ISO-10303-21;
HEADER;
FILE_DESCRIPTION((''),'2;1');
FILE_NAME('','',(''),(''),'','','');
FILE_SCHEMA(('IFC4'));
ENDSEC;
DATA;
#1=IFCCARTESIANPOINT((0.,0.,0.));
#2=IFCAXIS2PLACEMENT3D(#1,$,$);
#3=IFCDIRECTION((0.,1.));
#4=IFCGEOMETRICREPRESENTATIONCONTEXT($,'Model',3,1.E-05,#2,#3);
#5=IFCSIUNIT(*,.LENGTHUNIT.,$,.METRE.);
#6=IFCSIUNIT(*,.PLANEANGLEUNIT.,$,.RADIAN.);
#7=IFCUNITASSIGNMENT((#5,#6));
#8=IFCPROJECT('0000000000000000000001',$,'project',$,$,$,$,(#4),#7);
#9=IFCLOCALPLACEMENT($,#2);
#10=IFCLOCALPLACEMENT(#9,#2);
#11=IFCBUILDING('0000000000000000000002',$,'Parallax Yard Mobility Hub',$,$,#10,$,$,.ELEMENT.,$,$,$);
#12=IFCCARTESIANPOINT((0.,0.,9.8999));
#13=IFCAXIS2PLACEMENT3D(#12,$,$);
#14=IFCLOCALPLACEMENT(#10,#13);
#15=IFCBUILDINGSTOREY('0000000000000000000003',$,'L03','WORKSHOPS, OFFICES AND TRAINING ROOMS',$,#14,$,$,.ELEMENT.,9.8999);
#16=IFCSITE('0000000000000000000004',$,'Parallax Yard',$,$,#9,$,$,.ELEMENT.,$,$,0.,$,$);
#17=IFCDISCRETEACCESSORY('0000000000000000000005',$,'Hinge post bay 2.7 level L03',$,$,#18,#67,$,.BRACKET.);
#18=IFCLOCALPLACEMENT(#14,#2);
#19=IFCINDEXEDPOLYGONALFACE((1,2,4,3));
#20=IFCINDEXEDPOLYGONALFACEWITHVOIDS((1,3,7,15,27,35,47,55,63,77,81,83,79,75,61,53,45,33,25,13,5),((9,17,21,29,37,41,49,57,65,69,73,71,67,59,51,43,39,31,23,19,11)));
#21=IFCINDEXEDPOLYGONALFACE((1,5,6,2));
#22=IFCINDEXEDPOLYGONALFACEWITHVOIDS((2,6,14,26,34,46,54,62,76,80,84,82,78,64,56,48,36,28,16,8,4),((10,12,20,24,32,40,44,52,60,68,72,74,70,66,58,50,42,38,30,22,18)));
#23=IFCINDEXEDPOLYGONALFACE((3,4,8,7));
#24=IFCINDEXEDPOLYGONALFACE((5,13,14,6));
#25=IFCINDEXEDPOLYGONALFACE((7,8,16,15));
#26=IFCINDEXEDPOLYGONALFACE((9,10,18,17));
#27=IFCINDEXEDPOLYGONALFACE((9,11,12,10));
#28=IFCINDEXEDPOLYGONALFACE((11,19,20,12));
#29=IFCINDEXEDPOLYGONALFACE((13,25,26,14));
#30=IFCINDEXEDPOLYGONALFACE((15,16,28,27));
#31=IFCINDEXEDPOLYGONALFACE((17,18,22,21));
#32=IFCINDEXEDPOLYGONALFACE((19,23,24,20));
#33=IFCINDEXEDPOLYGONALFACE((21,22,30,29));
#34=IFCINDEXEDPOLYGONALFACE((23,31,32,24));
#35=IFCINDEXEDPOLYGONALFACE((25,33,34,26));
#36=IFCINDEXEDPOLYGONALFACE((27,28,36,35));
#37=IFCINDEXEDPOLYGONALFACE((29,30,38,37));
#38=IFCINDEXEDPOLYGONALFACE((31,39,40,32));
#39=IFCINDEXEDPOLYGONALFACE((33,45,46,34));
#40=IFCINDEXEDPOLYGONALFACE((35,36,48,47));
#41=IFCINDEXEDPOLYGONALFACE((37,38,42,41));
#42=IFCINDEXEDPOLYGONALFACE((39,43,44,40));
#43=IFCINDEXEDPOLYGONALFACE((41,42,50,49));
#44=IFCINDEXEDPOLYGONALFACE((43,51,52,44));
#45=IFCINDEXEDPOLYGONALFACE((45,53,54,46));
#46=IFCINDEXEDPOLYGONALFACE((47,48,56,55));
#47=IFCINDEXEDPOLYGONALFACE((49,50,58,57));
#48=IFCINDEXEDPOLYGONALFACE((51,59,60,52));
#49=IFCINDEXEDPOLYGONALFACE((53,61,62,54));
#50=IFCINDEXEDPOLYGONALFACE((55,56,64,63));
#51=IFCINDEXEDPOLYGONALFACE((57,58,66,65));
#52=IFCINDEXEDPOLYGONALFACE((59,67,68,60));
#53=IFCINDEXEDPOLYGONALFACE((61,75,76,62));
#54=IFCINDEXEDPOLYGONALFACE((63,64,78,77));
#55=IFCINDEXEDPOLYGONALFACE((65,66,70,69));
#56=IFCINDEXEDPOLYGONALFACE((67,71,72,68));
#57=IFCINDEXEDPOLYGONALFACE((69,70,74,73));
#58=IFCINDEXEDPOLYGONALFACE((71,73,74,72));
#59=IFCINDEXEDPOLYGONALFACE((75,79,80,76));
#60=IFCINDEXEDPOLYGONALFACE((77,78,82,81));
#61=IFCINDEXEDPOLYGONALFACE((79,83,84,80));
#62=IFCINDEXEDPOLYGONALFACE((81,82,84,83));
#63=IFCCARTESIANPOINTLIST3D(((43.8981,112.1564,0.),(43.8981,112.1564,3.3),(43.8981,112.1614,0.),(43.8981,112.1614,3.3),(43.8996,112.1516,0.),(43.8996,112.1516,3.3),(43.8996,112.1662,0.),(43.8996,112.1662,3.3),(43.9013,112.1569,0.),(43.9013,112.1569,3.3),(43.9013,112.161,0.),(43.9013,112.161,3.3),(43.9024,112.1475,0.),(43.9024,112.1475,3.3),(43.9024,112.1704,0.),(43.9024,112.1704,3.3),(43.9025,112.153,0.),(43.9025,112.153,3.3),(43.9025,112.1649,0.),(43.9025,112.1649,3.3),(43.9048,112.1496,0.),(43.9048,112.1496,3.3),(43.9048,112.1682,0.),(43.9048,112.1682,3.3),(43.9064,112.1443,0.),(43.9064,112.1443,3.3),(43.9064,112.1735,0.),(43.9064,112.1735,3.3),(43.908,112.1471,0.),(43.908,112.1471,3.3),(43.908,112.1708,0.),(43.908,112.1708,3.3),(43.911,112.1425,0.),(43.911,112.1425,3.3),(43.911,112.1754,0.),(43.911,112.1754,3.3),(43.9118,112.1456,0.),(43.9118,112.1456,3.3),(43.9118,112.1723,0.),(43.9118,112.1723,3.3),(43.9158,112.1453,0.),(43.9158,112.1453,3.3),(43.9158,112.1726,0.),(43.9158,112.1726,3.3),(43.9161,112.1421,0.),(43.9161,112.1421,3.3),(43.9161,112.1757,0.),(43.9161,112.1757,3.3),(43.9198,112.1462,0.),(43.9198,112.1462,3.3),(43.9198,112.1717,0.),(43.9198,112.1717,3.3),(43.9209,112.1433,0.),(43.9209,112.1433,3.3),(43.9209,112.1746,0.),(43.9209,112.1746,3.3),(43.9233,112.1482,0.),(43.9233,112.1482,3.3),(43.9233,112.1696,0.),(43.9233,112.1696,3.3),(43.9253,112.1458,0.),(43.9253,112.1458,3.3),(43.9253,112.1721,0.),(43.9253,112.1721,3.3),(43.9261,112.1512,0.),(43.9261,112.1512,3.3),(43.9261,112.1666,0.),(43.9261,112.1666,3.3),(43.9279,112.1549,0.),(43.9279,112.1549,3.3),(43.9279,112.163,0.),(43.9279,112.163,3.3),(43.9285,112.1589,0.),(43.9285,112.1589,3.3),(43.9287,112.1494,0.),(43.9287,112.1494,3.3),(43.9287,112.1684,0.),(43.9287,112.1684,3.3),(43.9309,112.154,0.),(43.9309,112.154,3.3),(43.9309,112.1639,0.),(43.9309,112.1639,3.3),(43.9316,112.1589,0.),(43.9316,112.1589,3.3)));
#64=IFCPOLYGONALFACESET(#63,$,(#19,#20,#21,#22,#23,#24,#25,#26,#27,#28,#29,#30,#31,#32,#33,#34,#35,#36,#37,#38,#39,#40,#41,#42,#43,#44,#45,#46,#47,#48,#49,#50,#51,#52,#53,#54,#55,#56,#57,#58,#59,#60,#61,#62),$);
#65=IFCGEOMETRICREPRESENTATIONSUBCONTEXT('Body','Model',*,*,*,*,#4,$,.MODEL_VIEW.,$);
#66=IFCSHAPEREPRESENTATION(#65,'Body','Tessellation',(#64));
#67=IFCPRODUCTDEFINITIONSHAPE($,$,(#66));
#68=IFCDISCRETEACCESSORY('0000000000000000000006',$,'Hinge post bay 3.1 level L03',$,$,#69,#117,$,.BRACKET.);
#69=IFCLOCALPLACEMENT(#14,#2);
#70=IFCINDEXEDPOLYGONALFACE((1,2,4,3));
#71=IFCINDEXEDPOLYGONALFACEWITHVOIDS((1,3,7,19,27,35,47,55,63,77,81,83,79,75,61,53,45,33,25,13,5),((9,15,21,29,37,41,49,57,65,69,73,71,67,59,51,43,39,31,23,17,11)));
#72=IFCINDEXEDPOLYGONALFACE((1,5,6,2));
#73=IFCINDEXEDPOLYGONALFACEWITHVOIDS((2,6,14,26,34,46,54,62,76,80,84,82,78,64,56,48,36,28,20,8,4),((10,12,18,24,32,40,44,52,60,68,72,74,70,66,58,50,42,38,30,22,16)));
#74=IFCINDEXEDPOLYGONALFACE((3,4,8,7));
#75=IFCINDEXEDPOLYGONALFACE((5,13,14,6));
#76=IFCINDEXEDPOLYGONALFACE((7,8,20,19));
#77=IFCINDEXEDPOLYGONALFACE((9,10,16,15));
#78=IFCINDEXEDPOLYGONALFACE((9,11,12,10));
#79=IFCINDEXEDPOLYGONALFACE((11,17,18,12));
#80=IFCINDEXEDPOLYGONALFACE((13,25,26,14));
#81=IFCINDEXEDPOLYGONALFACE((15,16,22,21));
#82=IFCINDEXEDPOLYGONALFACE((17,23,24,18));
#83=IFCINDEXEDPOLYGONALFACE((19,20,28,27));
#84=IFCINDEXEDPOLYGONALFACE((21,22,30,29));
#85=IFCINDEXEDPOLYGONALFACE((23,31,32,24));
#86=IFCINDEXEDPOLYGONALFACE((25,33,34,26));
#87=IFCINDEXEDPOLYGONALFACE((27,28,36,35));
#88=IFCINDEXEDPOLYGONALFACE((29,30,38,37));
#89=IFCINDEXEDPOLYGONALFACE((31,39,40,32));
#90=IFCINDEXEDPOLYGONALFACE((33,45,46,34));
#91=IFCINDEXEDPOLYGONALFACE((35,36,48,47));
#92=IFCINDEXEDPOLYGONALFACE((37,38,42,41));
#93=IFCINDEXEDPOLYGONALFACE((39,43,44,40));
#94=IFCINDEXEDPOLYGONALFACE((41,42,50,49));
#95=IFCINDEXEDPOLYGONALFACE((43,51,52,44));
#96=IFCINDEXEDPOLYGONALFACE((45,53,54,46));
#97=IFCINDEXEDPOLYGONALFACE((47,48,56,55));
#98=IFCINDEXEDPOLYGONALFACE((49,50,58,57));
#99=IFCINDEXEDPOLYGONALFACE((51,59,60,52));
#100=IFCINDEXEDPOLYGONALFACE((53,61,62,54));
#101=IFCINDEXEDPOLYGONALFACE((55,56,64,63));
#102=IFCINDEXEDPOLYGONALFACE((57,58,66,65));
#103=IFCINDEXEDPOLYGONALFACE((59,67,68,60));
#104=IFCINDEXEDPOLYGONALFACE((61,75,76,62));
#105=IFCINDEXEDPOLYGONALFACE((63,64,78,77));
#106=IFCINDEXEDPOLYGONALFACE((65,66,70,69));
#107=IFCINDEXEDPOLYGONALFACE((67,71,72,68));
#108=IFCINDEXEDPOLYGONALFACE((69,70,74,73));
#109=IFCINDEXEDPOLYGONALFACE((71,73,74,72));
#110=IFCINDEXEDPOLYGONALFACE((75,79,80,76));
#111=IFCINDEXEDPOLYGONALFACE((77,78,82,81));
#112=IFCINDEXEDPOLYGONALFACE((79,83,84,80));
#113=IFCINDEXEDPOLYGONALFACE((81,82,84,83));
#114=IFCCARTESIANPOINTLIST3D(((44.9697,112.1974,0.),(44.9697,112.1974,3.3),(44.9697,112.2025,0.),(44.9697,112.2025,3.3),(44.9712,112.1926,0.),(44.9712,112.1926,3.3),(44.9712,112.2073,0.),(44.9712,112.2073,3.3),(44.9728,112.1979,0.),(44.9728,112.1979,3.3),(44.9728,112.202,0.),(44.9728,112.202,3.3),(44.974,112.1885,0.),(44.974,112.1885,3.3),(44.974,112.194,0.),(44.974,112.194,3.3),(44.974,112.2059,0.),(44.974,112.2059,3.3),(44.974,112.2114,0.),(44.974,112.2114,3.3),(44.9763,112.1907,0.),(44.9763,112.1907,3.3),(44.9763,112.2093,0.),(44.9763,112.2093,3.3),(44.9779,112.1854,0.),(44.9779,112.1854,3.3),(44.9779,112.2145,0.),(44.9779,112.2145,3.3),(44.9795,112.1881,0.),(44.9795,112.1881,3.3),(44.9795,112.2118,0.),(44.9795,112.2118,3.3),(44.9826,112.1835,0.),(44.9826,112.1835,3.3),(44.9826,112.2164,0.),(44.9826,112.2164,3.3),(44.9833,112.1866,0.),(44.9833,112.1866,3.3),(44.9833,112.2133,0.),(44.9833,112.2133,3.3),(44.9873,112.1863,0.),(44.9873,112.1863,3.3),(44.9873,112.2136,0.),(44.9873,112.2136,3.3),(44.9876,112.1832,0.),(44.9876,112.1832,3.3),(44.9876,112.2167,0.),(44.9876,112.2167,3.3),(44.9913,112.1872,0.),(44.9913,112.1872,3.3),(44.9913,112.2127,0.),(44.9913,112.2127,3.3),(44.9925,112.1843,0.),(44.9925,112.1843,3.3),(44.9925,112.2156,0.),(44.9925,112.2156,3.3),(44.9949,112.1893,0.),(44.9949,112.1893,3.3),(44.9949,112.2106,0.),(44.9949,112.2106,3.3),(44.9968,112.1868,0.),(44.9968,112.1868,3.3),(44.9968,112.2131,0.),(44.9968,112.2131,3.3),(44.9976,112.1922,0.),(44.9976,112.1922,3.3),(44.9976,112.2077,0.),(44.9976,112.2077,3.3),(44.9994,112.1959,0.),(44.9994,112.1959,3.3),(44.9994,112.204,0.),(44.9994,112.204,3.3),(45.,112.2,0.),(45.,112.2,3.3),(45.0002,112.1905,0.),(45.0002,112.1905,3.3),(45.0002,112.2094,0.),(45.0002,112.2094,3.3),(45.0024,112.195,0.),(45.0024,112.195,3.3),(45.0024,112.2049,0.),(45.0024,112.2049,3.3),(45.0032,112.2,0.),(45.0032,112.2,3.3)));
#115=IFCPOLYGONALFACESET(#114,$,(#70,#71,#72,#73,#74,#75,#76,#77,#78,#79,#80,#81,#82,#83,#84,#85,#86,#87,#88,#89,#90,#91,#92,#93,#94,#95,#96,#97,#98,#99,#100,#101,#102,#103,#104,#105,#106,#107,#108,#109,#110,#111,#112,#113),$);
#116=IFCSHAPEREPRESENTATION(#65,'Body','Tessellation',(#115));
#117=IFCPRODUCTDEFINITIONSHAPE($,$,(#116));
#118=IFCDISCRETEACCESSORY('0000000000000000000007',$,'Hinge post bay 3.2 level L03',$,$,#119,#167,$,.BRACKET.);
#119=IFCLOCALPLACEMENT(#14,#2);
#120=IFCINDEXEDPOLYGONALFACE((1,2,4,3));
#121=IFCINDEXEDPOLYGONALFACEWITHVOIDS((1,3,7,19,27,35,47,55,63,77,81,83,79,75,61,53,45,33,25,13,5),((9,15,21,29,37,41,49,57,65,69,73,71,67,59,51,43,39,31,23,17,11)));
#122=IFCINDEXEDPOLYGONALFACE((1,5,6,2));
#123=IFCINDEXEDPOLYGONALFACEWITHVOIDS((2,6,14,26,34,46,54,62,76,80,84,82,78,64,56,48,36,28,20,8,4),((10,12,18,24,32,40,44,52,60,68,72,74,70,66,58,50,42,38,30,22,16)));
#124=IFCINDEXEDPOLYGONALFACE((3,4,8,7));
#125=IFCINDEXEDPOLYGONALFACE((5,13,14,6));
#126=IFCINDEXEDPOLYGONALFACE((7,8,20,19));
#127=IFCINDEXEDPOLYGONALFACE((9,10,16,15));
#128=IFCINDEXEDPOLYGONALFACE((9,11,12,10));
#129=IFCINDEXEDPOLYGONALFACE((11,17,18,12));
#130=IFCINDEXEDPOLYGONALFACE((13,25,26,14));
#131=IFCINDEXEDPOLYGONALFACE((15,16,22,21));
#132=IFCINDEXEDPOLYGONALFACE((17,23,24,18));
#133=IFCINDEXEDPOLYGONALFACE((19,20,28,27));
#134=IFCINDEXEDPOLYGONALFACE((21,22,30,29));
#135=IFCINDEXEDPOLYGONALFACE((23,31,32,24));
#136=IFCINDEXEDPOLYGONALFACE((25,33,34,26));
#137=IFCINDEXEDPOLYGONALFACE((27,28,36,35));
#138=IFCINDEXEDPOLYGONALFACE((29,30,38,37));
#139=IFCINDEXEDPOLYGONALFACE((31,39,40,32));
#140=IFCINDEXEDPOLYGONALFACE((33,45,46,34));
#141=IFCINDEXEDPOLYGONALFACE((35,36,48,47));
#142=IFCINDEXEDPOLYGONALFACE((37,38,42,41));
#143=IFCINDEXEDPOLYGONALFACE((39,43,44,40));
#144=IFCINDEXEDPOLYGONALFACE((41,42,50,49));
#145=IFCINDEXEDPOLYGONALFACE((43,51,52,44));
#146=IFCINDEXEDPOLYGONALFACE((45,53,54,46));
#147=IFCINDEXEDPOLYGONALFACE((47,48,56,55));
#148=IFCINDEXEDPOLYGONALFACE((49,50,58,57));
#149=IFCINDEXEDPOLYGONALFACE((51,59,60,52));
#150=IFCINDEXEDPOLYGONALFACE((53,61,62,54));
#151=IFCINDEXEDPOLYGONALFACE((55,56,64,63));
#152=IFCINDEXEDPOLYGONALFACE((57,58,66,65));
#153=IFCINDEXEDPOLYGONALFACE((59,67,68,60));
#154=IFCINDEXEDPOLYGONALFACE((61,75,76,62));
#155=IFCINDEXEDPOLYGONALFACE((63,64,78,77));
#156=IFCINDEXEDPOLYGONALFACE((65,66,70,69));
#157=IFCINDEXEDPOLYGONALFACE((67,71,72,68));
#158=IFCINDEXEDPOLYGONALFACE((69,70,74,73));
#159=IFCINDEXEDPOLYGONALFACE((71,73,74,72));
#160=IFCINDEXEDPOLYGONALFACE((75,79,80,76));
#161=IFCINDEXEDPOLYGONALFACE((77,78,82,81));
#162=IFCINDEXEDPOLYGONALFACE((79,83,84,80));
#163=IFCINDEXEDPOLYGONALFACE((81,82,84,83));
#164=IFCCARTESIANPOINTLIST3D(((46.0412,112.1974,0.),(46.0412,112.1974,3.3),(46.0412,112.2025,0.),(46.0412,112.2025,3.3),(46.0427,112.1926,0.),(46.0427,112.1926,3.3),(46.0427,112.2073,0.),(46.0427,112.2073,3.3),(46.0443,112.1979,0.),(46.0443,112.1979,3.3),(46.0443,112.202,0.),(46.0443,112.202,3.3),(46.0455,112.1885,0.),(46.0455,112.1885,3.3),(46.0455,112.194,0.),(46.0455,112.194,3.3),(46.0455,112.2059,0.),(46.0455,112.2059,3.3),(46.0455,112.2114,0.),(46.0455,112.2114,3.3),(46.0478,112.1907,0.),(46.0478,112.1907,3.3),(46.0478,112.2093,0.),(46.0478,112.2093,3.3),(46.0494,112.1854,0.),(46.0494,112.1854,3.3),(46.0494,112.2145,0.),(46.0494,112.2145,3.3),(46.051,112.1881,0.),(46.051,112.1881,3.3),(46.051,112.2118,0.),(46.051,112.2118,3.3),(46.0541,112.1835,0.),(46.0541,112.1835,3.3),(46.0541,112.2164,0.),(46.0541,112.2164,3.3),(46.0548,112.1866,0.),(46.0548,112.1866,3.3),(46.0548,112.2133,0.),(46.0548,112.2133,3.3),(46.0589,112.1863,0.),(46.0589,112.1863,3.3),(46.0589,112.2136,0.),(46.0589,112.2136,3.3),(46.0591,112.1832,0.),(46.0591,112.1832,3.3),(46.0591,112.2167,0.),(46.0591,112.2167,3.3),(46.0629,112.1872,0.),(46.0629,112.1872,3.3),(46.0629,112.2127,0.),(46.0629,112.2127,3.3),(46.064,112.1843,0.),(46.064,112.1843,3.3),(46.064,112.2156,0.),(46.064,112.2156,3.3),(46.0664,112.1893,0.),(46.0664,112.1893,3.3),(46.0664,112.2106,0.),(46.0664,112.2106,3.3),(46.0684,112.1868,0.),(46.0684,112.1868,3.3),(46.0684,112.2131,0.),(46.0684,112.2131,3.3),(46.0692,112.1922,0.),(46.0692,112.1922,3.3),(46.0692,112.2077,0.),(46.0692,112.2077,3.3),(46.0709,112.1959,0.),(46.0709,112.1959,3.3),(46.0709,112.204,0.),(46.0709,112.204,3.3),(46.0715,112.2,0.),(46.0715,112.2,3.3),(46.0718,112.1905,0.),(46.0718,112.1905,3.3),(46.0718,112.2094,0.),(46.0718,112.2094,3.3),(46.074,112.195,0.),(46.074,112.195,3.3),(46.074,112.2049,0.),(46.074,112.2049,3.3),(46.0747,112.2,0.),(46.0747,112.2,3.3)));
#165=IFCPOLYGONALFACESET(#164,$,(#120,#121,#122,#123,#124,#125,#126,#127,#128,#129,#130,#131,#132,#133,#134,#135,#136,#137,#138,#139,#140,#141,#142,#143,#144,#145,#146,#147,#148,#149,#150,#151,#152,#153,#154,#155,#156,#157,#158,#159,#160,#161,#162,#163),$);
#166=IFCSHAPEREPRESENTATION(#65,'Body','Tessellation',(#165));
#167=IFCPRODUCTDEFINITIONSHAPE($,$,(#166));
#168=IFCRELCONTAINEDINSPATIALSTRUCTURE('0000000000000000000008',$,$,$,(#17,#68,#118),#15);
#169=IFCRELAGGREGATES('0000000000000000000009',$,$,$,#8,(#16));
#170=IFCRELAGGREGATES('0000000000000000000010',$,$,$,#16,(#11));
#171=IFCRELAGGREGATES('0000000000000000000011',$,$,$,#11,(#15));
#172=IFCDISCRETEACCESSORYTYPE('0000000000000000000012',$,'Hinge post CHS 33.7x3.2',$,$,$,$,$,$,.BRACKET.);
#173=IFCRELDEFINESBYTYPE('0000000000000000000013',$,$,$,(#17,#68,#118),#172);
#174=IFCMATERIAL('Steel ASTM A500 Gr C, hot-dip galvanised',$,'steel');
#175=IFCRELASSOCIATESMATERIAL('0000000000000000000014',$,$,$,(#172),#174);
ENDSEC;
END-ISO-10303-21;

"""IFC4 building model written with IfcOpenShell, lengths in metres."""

from ifc_helpers import new_model, si_unit, direction, frame, origin, origin_2d, place, context, subcontext, project, spatial, hollow_circle, extrude, material, material_profile, profile_set, type_object, element, save


model = new_model("IFC4")

# Units and contexts
model_context = context("Model", 3, precision=1e-05, world=origin(), true_north=direction((0.0, 1.0)))
body_context = subcontext(model_context, "Body", "Model", "MODEL_VIEW")
ifc_project = project(units=[si_unit("LENGTHUNIT", "METRE"), si_unit("PLANEANGLEUNIT", "RADIAN")], contexts=[model_context])

# Site, building, storey
site_placement = place(None, origin())
site = spatial("IfcSite", under=ifc_project, at=site_placement, Name="Parallax Yard", CompositionType="ELEMENT", RefElevation=0.0)
building_placement = place(site_placement, origin())
building = spatial("IfcBuilding", under=site, at=building_placement, Name="Parallax Yard Mobility Hub", CompositionType="ELEMENT")
storey_placement = place(building_placement, frame((0.0, 0.0, 9.8999)))
storey = spatial("IfcBuildingStorey", under=building, at=storey_placement, Name="L03", Description="WORKSHOPS, OFFICES AND TRAINING ROOMS", CompositionType="ELEMENT", Elevation=9.8999)

# Discrete accessories
ifc_material_1 = material(Name="Steel ASTM A500 Gr C, hot-dip galvanised", Category="steel")
ifc_material_profile_1 = material_profile(ifc_material_1, hollow_circle(Radius=0.0168, WallThickness=0.0032, at=origin_2d()), Name="CHS 33.7x3.2")
ifc_profile_set_1 = profile_set([ifc_material_profile_1], Name="Steel ASTM A500 Gr C, hot-dip galvanised")
discrete_accessory_type_1 = type_object("IfcDiscreteAccessoryType", Name="Hinge post CHS 33.7x3.2", PredefinedType="BRACKET", material=ifc_profile_set_1)
for number, where, z_axis, x_axis, name in (
    (1, (43.9148, 112.1589, 0.0), (0.0, 0.0, 1.0), (1.0, 0.0, 0.0), "Hinge post bay 2.7 level L03"),
    (2, (44.9863, 112.2, 0.0), (0.0, 0.0, 1.0), (1.0, 0.0, 0.0), "Hinge post bay 3.1 level L03"),
    (3, (46.0579, 112.2, 0.0), (0.0, 0.0, 1.0), (1.0, 0.0, 0.0), "Hinge post bay 3.2 level L03"),
):
    element("IfcDiscreteAccessory", number, at=place(storey_placement, frame(where, z_axis=z_axis, x_axis=x_axis)), inside=storey, type_object=discrete_accessory_type_1, Name=name, PredefinedType="BRACKET", context=body_context, shape_type="SweptSolid", body=[
        extrude(hollow_circle(Radius=0.0168, WallThickness=0.0032, at=origin_2d()), origin(), (0.0, 0.0, 1.0), 3.3),
    ])

save(model, "model.ifc")
